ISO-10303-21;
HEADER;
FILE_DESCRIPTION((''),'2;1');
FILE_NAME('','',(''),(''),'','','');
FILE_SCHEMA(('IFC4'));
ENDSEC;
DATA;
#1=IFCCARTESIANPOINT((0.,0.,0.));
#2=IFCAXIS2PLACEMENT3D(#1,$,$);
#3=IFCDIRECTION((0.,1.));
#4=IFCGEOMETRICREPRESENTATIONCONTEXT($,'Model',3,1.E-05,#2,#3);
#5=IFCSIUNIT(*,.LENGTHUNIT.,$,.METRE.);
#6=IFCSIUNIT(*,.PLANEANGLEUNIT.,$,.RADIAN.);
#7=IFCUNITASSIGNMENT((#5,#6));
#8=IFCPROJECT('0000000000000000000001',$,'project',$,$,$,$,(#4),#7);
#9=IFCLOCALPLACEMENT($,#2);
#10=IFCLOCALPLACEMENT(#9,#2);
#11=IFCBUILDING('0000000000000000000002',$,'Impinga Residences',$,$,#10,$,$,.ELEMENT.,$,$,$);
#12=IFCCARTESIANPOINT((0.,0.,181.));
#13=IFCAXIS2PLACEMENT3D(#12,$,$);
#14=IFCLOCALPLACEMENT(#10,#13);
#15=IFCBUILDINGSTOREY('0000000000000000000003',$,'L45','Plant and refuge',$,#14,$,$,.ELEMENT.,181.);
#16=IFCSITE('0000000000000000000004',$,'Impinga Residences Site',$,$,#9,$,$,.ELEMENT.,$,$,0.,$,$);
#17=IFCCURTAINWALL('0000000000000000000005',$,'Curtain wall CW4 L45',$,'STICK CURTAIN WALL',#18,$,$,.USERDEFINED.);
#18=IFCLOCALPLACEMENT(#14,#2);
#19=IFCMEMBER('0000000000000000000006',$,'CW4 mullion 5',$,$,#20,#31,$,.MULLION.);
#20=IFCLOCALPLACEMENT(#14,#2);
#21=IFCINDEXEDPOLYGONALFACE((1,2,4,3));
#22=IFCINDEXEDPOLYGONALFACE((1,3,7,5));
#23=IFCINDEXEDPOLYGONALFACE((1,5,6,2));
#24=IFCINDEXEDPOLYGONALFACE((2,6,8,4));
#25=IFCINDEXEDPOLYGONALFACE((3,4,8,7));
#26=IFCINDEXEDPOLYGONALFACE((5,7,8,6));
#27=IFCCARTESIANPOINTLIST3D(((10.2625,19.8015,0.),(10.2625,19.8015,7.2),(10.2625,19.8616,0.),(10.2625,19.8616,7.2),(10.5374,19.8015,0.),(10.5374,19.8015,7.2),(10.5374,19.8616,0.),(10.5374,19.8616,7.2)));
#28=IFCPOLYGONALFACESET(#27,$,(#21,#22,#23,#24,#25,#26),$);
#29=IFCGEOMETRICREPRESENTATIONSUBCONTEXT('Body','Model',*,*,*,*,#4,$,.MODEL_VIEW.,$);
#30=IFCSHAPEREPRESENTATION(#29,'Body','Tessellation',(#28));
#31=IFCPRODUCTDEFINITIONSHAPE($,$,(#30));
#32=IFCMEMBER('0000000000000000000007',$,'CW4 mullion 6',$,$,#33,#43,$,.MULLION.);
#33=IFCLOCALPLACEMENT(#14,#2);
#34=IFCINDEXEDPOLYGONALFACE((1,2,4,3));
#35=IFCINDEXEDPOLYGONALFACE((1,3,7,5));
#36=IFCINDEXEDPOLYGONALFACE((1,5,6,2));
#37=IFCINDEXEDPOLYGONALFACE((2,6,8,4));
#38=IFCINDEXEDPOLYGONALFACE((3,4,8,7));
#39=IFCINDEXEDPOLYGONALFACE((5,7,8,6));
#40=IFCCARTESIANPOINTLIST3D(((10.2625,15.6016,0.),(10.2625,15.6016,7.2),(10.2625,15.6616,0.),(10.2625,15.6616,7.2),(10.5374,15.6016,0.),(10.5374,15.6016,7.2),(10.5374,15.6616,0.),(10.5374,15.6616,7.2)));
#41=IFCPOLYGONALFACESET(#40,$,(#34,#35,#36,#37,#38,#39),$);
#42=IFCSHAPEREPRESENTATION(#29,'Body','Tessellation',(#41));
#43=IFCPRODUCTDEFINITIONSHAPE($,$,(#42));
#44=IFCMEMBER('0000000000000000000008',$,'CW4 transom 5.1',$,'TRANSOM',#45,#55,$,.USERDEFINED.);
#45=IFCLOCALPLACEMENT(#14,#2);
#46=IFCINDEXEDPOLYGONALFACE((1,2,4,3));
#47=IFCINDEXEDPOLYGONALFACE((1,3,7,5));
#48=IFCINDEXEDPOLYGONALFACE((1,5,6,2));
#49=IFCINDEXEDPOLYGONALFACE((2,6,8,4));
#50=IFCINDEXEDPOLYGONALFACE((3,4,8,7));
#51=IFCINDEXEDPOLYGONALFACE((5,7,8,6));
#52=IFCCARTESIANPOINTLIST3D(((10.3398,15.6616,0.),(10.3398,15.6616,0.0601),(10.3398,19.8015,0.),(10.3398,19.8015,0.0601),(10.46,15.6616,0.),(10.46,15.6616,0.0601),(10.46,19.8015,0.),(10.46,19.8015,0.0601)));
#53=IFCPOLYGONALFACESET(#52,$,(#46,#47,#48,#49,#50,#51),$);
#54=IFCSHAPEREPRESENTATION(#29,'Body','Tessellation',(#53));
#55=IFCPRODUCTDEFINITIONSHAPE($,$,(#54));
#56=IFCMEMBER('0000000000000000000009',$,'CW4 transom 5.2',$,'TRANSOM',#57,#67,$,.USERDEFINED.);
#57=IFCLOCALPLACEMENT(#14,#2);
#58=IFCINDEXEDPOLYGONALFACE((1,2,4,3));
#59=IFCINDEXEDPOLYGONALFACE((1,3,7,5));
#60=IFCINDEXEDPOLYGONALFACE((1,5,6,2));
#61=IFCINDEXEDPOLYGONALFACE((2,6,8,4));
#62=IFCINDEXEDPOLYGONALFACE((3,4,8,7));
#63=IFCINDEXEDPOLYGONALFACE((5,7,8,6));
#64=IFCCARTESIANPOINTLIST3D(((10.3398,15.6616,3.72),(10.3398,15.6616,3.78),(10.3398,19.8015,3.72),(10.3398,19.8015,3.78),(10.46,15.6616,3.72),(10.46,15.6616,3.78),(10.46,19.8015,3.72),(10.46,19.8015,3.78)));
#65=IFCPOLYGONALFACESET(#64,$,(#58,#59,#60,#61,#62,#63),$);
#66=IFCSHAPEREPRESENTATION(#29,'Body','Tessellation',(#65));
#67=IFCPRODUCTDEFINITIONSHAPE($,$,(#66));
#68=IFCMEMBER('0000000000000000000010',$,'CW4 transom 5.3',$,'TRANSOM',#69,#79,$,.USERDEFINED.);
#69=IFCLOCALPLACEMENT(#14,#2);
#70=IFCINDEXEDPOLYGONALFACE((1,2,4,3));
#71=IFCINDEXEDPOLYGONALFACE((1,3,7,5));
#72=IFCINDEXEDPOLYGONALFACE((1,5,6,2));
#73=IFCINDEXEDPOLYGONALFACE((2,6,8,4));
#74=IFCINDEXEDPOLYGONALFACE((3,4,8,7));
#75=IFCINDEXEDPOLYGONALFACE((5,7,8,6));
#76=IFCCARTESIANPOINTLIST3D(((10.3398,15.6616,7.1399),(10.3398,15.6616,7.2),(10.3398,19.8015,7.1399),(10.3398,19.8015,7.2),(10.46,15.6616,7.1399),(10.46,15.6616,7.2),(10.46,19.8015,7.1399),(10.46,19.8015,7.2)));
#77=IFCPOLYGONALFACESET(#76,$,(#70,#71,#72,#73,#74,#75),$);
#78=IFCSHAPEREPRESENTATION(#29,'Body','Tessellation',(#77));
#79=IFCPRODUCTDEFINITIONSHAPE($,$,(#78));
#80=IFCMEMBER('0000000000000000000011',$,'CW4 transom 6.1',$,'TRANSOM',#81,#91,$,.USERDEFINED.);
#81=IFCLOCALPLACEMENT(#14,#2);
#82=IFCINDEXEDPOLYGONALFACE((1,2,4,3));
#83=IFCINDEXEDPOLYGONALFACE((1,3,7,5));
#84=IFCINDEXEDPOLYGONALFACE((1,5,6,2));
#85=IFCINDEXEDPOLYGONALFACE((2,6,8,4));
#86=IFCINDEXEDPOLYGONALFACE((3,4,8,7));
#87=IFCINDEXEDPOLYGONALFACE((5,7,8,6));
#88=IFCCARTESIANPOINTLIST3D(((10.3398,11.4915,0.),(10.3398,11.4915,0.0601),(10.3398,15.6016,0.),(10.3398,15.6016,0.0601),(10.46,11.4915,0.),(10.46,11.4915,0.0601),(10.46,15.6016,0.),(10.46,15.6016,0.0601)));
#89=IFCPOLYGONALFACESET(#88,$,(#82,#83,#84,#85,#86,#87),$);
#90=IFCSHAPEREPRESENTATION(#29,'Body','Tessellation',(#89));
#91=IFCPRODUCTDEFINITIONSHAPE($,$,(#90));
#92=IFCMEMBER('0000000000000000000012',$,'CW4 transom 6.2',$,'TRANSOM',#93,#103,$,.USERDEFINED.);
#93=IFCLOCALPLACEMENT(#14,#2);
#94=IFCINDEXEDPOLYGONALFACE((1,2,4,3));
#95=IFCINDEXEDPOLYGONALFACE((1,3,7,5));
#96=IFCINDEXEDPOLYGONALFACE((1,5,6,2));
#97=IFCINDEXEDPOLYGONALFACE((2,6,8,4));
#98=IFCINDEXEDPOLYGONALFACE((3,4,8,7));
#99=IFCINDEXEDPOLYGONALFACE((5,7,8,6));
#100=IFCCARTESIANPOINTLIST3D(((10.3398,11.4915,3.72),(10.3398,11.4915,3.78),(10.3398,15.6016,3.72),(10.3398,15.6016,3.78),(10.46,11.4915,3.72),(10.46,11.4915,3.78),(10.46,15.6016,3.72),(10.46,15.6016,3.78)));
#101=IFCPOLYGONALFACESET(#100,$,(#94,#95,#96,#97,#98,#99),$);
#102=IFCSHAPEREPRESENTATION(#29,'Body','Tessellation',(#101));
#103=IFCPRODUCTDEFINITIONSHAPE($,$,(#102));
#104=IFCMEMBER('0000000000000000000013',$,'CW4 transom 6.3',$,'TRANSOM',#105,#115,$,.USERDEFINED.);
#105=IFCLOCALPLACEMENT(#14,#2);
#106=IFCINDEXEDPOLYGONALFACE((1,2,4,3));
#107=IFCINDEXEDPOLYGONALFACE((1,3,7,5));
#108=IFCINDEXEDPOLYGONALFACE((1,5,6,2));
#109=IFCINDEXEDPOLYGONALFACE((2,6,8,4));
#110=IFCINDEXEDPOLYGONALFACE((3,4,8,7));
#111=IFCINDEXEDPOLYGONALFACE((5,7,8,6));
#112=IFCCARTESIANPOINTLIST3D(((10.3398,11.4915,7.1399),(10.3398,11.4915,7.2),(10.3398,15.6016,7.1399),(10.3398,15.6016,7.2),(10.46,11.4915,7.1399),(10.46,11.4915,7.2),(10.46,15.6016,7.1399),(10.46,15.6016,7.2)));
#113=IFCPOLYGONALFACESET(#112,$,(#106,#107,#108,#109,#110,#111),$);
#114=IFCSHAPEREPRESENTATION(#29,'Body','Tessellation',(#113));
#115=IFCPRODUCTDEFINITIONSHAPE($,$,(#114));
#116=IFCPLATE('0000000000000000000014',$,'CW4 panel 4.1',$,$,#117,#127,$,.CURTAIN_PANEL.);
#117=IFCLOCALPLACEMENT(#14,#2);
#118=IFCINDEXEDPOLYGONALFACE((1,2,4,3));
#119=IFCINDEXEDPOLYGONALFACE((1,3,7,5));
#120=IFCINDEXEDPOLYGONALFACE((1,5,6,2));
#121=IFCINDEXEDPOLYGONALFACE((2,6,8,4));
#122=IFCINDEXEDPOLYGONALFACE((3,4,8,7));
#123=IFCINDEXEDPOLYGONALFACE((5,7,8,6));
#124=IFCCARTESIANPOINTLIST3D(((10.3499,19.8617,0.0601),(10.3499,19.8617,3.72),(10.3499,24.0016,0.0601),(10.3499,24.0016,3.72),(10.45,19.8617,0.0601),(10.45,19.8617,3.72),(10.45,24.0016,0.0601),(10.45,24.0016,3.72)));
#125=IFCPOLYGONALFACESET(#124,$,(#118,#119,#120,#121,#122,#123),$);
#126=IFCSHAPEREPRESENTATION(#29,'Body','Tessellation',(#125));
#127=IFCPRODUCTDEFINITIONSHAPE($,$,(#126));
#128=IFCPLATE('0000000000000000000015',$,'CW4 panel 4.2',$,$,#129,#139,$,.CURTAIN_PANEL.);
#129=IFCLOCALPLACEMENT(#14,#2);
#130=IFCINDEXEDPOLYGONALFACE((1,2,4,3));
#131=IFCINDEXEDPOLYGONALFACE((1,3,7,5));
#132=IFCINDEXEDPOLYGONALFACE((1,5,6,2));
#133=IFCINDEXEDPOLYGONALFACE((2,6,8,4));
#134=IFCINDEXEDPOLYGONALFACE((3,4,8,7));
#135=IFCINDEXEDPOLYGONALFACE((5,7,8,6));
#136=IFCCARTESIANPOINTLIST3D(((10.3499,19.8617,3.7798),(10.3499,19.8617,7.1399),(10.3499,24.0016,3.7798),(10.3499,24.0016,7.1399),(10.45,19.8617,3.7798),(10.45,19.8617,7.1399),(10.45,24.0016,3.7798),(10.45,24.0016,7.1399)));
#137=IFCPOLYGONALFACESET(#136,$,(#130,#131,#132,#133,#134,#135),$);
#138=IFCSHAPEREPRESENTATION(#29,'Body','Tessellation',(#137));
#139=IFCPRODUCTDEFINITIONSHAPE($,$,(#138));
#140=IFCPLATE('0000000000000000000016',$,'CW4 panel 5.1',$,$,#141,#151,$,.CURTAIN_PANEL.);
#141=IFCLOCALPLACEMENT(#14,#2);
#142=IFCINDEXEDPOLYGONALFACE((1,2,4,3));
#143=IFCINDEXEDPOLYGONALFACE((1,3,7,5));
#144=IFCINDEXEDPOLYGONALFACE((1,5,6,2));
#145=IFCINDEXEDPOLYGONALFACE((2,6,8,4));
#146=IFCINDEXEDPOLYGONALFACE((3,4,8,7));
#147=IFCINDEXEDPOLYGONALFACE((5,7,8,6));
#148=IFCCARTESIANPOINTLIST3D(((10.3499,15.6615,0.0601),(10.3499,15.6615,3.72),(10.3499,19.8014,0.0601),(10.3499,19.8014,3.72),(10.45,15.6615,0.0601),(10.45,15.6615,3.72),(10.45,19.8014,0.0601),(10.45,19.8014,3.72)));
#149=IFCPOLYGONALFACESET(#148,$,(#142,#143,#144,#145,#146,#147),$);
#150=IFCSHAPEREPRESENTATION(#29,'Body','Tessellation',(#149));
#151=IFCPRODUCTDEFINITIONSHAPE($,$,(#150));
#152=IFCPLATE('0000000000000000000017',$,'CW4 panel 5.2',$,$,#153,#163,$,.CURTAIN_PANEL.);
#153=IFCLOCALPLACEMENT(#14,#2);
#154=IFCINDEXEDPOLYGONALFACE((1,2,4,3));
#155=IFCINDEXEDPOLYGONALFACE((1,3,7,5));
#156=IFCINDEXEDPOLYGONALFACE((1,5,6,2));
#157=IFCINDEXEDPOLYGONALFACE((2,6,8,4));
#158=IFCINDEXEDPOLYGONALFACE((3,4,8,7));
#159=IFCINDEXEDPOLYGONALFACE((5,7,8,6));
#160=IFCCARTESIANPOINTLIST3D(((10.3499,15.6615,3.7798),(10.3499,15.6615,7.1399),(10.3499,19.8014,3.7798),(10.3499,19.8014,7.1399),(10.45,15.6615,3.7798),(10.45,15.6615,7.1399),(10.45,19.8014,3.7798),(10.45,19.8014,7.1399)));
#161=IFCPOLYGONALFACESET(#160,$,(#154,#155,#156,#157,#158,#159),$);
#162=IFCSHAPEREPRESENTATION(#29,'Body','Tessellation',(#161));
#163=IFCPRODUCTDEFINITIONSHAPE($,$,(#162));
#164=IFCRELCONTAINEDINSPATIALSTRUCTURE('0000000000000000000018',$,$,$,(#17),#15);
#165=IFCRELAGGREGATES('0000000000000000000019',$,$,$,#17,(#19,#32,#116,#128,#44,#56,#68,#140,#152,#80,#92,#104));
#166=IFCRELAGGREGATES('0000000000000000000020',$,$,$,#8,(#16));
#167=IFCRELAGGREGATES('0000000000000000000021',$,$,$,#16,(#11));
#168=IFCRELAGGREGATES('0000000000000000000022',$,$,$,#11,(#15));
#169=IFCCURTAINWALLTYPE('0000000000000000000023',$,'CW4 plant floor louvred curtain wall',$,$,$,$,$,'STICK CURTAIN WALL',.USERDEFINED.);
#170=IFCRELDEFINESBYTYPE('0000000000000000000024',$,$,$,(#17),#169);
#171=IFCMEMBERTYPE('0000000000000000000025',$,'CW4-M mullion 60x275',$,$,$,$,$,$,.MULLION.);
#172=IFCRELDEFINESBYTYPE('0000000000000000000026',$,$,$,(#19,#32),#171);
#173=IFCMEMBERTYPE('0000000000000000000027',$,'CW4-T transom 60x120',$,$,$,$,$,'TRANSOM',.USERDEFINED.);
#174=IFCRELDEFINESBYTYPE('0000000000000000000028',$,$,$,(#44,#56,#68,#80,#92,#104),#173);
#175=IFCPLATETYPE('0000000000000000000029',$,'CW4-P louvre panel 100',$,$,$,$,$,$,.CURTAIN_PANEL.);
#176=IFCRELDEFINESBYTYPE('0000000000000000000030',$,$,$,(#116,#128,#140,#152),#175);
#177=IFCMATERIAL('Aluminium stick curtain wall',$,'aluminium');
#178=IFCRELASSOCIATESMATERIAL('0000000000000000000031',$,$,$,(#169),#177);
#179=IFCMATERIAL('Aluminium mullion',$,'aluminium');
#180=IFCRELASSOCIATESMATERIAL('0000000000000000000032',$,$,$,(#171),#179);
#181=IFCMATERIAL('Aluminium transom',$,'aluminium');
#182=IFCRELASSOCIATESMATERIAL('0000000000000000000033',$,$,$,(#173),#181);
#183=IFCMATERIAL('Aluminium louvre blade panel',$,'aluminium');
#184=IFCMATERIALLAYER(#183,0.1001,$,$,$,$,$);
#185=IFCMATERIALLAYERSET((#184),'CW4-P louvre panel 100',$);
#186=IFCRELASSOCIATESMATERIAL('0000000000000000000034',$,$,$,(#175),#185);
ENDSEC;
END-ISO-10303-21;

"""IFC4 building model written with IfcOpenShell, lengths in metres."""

from ifc_helpers import new_model, si_unit, direction, frame, origin, origin_2d, place, context, subcontext, project, spatial, rectangle, extrude, material, layer, layer_set, material_profile, profile_set, type_object, element, aggregate, save


model = new_model("IFC4")

# Units and contexts
model_context = context("Model", 3, precision=1e-05, world=origin(), true_north=direction((0.0, 1.0)))
body_context = subcontext(model_context, "Body", "Model", "MODEL_VIEW")
ifc_project = project(units=[si_unit("LENGTHUNIT", "METRE"), si_unit("PLANEANGLEUNIT", "RADIAN")], contexts=[model_context])

# Site, building, storey
site_placement = place(None, origin())
site = spatial("IfcSite", under=ifc_project, at=site_placement, Name="Impinga Residences Site", CompositionType="ELEMENT", RefElevation=0.0)
building_placement = place(site_placement, origin())
building = spatial("IfcBuilding", under=site, at=building_placement, Name="Impinga Residences", CompositionType="ELEMENT")
storey_placement = place(building_placement, frame((0.0, 0.0, 181.0)))
storey = spatial("IfcBuildingStorey", under=building, at=storey_placement, Name="L45", Description="Plant and refuge", CompositionType="ELEMENT", Elevation=181.0)

# Curtain wall, members, plates
ifc_material_1 = material(Name="Aluminium stick curtain wall", Category="aluminium")
curtain_wall_type = type_object("IfcCurtainWallType", Name="CW4 plant floor louvred curtain wall", ElementType="STICK CURTAIN WALL", PredefinedType="USERDEFINED", material=ifc_material_1)
curtain_wall_placement = place(storey_placement, origin())
curtain_wall = element("IfcCurtainWall", 1, at=curtain_wall_placement, inside=storey, type_object=curtain_wall_type, Name="Curtain wall CW4 L45", ObjectType="STICK CURTAIN WALL", PredefinedType="USERDEFINED")
ifc_material_2 = material(Name="Aluminium mullion", Category="aluminium")
ifc_material_profile_1 = material_profile(ifc_material_2, rectangle(XDim=0.0601, YDim=0.2749, at=origin_2d()), Name="60x275 mullion")
ifc_profile_set_1 = profile_set([ifc_material_profile_1], Name="Aluminium mullion")
member_type_1 = type_object("IfcMemberType", Name="CW4-M mullion 60x275", PredefinedType="MULLION", material=ifc_profile_set_1)
member_1_placement = place(storey_placement, frame((10.3999, 19.8315, 0.0), z_axis=(0.0, 0.0, 1.0), x_axis=(0.0, -1.0, 0.0)))
member_1 = element("IfcMember", 2, at=member_1_placement, type_object=member_type_1, Name="CW4 mullion 5", PredefinedType="MULLION", context=body_context, shape_type="SweptSolid", body=[
    extrude(rectangle(XDim=0.0601, YDim=0.2749, at=origin_2d()), origin(), (0.0, 0.0, 1.0), 7.2),
])
member_2_placement = place(storey_placement, frame((10.3999, 15.6316, 0.0), z_axis=(0.0, 0.0, 1.0), x_axis=(0.0, -1.0, 0.0)))
member_2 = element("IfcMember", 3, at=member_2_placement, type_object=member_type_1, Name="CW4 mullion 6", PredefinedType="MULLION", context=body_context, shape_type="SweptSolid", body=[
    extrude(rectangle(XDim=0.0601, YDim=0.2749, at=origin_2d()), origin(), (0.0, 0.0, 1.0), 7.2),
])
ifc_material_3 = material(Name="Aluminium transom", Category="aluminium")
ifc_material_profile_2 = material_profile(ifc_material_3, rectangle(XDim=0.0601, YDim=0.1201, at=origin_2d()), Name="60x120 transom")
ifc_profile_set_2 = profile_set([ifc_material_profile_2], Name="Aluminium transom")
member_type_2 = type_object("IfcMemberType", Name="CW4-T transom 60x120", ElementType="TRANSOM", PredefinedType="USERDEFINED", material=ifc_profile_set_2)
member_3_placement = place(storey_placement, frame((10.3999, 19.8015, 0.03), z_axis=(0.0, -1.0, 0.0), x_axis=(0.0, 0.0, 1.0)))
member_3 = element("IfcMember", 4, at=member_3_placement, type_object=member_type_2, Name="CW4 transom 5.1", ObjectType="TRANSOM", PredefinedType="USERDEFINED", context=body_context, shape_type="SweptSolid", body=[
    extrude(rectangle(XDim=0.0601, YDim=0.1201, at=origin_2d()), origin(), (0.0, 0.0, 1.0), 4.1399),
])
member_4_placement = place(storey_placement, frame((10.3999, 19.8015, 3.75), z_axis=(0.0, -1.0, 0.0), x_axis=(0.0, 0.0, 1.0)))
member_4 = element("IfcMember", 5, at=member_4_placement, type_object=member_type_2, Name="CW4 transom 5.2", ObjectType="TRANSOM", PredefinedType="USERDEFINED", context=body_context, shape_type="SweptSolid", body=[
    extrude(rectangle(XDim=0.0601, YDim=0.1201, at=origin_2d()), origin(), (0.0, 0.0, 1.0), 4.1399),
])
member_5_placement = place(storey_placement, frame((10.3999, 19.8015, 7.1699), z_axis=(0.0, -1.0, 0.0), x_axis=(0.0, 0.0, 1.0)))
member_5 = element("IfcMember", 6, at=member_5_placement, type_object=member_type_2, Name="CW4 transom 5.3", ObjectType="TRANSOM", PredefinedType="USERDEFINED", context=body_context, shape_type="SweptSolid", body=[
    extrude(rectangle(XDim=0.0601, YDim=0.1201, at=origin_2d()), origin(), (0.0, 0.0, 1.0), 4.1399),
])
member_6_placement = place(storey_placement, frame((10.3999, 15.6016, 0.03), z_axis=(0.0, -1.0, 0.0), x_axis=(0.0, 0.0, 1.0)))
member_6 = element("IfcMember", 7, at=member_6_placement, type_object=member_type_2, Name="CW4 transom 6.1", ObjectType="TRANSOM", PredefinedType="USERDEFINED", context=body_context, shape_type="SweptSolid", body=[
    extrude(rectangle(XDim=0.0601, YDim=0.1201, at=origin_2d()), origin(), (0.0, 0.0, 1.0), 4.1101),
])
member_7_placement = place(storey_placement, frame((10.3999, 15.6016, 3.75), z_axis=(0.0, -1.0, 0.0), x_axis=(0.0, 0.0, 1.0)))
member_7 = element("IfcMember", 8, at=member_7_placement, type_object=member_type_2, Name="CW4 transom 6.2", ObjectType="TRANSOM", PredefinedType="USERDEFINED", context=body_context, shape_type="SweptSolid", body=[
    extrude(rectangle(XDim=0.0601, YDim=0.1201, at=origin_2d()), origin(), (0.0, 0.0, 1.0), 4.1101),
])
member_8_placement = place(storey_placement, frame((10.3999, 15.6016, 7.1699), z_axis=(0.0, -1.0, 0.0), x_axis=(0.0, 0.0, 1.0)))
member_8 = element("IfcMember", 9, at=member_8_placement, type_object=member_type_2, Name="CW4 transom 6.3", ObjectType="TRANSOM", PredefinedType="USERDEFINED", context=body_context, shape_type="SweptSolid", body=[
    extrude(rectangle(XDim=0.0601, YDim=0.1201, at=origin_2d()), origin(), (0.0, 0.0, 1.0), 4.1101),
])
ifc_material_4 = material(Name="Aluminium louvre blade panel", Category="aluminium")
ifc_layer_1 = layer(ifc_material_4, 0.1001)
ifc_layer_set_1 = layer_set([ifc_layer_1], Name="CW4-P louvre panel 100")
plate_type = type_object("IfcPlateType", Name="CW4-P louvre panel 100", PredefinedType="CURTAIN_PANEL", material=ifc_layer_set_1)
plate_1_placement = place(storey_placement, frame((10.3999, 21.9316, 0.0601), z_axis=(0.0, 0.0, 1.0), x_axis=(0.0, -1.0, 0.0)))
plate_1 = element("IfcPlate", 10, at=plate_1_placement, type_object=plate_type, Name="CW4 panel 4.1", PredefinedType="CURTAIN_PANEL", context=body_context, shape_type="SweptSolid", body=[
    extrude(rectangle(XDim=4.1399, YDim=0.1001, at=origin_2d()), origin(), (0.0, 0.0, 1.0), 3.6599),
])
plate_2_placement = place(storey_placement, frame((10.3999, 21.9316, 3.7798), z_axis=(0.0, 0.0, 1.0), x_axis=(0.0, -1.0, 0.0)))
plate_2 = element("IfcPlate", 11, at=plate_2_placement, type_object=plate_type, Name="CW4 panel 4.2", PredefinedType="CURTAIN_PANEL", context=body_context, shape_type="SweptSolid", body=[
    extrude(rectangle(XDim=4.1399, YDim=0.1001, at=origin_2d()), origin(), (0.0, 0.0, 1.0), 3.3601),
])
plate_3_placement = place(storey_placement, frame((10.3999, 17.7314, 0.0601), z_axis=(0.0, 0.0, 1.0), x_axis=(0.0, -1.0, 0.0)))
plate_3 = element("IfcPlate", 12, at=plate_3_placement, type_object=plate_type, Name="CW4 panel 5.1", PredefinedType="CURTAIN_PANEL", context=body_context, shape_type="SweptSolid", body=[
    extrude(rectangle(XDim=4.1399, YDim=0.1001, at=origin_2d()), origin(), (0.0, 0.0, 1.0), 3.6599),
])
plate_4_placement = place(storey_placement, frame((10.3999, 17.7314, 3.7798), z_axis=(0.0, 0.0, 1.0), x_axis=(0.0, -1.0, 0.0)))
plate_4 = element("IfcPlate", 13, at=plate_4_placement, type_object=plate_type, Name="CW4 panel 5.2", PredefinedType="CURTAIN_PANEL", context=body_context, shape_type="SweptSolid", body=[
    extrude(rectangle(XDim=4.1399, YDim=0.1001, at=origin_2d()), origin(), (0.0, 0.0, 1.0), 3.3601),
])
aggregate(curtain_wall, [member_1, member_2, plate_1, plate_2, member_3, member_4, member_5, plate_3, plate_4, member_6, member_7, member_8])

save(model, "model.ifc")
